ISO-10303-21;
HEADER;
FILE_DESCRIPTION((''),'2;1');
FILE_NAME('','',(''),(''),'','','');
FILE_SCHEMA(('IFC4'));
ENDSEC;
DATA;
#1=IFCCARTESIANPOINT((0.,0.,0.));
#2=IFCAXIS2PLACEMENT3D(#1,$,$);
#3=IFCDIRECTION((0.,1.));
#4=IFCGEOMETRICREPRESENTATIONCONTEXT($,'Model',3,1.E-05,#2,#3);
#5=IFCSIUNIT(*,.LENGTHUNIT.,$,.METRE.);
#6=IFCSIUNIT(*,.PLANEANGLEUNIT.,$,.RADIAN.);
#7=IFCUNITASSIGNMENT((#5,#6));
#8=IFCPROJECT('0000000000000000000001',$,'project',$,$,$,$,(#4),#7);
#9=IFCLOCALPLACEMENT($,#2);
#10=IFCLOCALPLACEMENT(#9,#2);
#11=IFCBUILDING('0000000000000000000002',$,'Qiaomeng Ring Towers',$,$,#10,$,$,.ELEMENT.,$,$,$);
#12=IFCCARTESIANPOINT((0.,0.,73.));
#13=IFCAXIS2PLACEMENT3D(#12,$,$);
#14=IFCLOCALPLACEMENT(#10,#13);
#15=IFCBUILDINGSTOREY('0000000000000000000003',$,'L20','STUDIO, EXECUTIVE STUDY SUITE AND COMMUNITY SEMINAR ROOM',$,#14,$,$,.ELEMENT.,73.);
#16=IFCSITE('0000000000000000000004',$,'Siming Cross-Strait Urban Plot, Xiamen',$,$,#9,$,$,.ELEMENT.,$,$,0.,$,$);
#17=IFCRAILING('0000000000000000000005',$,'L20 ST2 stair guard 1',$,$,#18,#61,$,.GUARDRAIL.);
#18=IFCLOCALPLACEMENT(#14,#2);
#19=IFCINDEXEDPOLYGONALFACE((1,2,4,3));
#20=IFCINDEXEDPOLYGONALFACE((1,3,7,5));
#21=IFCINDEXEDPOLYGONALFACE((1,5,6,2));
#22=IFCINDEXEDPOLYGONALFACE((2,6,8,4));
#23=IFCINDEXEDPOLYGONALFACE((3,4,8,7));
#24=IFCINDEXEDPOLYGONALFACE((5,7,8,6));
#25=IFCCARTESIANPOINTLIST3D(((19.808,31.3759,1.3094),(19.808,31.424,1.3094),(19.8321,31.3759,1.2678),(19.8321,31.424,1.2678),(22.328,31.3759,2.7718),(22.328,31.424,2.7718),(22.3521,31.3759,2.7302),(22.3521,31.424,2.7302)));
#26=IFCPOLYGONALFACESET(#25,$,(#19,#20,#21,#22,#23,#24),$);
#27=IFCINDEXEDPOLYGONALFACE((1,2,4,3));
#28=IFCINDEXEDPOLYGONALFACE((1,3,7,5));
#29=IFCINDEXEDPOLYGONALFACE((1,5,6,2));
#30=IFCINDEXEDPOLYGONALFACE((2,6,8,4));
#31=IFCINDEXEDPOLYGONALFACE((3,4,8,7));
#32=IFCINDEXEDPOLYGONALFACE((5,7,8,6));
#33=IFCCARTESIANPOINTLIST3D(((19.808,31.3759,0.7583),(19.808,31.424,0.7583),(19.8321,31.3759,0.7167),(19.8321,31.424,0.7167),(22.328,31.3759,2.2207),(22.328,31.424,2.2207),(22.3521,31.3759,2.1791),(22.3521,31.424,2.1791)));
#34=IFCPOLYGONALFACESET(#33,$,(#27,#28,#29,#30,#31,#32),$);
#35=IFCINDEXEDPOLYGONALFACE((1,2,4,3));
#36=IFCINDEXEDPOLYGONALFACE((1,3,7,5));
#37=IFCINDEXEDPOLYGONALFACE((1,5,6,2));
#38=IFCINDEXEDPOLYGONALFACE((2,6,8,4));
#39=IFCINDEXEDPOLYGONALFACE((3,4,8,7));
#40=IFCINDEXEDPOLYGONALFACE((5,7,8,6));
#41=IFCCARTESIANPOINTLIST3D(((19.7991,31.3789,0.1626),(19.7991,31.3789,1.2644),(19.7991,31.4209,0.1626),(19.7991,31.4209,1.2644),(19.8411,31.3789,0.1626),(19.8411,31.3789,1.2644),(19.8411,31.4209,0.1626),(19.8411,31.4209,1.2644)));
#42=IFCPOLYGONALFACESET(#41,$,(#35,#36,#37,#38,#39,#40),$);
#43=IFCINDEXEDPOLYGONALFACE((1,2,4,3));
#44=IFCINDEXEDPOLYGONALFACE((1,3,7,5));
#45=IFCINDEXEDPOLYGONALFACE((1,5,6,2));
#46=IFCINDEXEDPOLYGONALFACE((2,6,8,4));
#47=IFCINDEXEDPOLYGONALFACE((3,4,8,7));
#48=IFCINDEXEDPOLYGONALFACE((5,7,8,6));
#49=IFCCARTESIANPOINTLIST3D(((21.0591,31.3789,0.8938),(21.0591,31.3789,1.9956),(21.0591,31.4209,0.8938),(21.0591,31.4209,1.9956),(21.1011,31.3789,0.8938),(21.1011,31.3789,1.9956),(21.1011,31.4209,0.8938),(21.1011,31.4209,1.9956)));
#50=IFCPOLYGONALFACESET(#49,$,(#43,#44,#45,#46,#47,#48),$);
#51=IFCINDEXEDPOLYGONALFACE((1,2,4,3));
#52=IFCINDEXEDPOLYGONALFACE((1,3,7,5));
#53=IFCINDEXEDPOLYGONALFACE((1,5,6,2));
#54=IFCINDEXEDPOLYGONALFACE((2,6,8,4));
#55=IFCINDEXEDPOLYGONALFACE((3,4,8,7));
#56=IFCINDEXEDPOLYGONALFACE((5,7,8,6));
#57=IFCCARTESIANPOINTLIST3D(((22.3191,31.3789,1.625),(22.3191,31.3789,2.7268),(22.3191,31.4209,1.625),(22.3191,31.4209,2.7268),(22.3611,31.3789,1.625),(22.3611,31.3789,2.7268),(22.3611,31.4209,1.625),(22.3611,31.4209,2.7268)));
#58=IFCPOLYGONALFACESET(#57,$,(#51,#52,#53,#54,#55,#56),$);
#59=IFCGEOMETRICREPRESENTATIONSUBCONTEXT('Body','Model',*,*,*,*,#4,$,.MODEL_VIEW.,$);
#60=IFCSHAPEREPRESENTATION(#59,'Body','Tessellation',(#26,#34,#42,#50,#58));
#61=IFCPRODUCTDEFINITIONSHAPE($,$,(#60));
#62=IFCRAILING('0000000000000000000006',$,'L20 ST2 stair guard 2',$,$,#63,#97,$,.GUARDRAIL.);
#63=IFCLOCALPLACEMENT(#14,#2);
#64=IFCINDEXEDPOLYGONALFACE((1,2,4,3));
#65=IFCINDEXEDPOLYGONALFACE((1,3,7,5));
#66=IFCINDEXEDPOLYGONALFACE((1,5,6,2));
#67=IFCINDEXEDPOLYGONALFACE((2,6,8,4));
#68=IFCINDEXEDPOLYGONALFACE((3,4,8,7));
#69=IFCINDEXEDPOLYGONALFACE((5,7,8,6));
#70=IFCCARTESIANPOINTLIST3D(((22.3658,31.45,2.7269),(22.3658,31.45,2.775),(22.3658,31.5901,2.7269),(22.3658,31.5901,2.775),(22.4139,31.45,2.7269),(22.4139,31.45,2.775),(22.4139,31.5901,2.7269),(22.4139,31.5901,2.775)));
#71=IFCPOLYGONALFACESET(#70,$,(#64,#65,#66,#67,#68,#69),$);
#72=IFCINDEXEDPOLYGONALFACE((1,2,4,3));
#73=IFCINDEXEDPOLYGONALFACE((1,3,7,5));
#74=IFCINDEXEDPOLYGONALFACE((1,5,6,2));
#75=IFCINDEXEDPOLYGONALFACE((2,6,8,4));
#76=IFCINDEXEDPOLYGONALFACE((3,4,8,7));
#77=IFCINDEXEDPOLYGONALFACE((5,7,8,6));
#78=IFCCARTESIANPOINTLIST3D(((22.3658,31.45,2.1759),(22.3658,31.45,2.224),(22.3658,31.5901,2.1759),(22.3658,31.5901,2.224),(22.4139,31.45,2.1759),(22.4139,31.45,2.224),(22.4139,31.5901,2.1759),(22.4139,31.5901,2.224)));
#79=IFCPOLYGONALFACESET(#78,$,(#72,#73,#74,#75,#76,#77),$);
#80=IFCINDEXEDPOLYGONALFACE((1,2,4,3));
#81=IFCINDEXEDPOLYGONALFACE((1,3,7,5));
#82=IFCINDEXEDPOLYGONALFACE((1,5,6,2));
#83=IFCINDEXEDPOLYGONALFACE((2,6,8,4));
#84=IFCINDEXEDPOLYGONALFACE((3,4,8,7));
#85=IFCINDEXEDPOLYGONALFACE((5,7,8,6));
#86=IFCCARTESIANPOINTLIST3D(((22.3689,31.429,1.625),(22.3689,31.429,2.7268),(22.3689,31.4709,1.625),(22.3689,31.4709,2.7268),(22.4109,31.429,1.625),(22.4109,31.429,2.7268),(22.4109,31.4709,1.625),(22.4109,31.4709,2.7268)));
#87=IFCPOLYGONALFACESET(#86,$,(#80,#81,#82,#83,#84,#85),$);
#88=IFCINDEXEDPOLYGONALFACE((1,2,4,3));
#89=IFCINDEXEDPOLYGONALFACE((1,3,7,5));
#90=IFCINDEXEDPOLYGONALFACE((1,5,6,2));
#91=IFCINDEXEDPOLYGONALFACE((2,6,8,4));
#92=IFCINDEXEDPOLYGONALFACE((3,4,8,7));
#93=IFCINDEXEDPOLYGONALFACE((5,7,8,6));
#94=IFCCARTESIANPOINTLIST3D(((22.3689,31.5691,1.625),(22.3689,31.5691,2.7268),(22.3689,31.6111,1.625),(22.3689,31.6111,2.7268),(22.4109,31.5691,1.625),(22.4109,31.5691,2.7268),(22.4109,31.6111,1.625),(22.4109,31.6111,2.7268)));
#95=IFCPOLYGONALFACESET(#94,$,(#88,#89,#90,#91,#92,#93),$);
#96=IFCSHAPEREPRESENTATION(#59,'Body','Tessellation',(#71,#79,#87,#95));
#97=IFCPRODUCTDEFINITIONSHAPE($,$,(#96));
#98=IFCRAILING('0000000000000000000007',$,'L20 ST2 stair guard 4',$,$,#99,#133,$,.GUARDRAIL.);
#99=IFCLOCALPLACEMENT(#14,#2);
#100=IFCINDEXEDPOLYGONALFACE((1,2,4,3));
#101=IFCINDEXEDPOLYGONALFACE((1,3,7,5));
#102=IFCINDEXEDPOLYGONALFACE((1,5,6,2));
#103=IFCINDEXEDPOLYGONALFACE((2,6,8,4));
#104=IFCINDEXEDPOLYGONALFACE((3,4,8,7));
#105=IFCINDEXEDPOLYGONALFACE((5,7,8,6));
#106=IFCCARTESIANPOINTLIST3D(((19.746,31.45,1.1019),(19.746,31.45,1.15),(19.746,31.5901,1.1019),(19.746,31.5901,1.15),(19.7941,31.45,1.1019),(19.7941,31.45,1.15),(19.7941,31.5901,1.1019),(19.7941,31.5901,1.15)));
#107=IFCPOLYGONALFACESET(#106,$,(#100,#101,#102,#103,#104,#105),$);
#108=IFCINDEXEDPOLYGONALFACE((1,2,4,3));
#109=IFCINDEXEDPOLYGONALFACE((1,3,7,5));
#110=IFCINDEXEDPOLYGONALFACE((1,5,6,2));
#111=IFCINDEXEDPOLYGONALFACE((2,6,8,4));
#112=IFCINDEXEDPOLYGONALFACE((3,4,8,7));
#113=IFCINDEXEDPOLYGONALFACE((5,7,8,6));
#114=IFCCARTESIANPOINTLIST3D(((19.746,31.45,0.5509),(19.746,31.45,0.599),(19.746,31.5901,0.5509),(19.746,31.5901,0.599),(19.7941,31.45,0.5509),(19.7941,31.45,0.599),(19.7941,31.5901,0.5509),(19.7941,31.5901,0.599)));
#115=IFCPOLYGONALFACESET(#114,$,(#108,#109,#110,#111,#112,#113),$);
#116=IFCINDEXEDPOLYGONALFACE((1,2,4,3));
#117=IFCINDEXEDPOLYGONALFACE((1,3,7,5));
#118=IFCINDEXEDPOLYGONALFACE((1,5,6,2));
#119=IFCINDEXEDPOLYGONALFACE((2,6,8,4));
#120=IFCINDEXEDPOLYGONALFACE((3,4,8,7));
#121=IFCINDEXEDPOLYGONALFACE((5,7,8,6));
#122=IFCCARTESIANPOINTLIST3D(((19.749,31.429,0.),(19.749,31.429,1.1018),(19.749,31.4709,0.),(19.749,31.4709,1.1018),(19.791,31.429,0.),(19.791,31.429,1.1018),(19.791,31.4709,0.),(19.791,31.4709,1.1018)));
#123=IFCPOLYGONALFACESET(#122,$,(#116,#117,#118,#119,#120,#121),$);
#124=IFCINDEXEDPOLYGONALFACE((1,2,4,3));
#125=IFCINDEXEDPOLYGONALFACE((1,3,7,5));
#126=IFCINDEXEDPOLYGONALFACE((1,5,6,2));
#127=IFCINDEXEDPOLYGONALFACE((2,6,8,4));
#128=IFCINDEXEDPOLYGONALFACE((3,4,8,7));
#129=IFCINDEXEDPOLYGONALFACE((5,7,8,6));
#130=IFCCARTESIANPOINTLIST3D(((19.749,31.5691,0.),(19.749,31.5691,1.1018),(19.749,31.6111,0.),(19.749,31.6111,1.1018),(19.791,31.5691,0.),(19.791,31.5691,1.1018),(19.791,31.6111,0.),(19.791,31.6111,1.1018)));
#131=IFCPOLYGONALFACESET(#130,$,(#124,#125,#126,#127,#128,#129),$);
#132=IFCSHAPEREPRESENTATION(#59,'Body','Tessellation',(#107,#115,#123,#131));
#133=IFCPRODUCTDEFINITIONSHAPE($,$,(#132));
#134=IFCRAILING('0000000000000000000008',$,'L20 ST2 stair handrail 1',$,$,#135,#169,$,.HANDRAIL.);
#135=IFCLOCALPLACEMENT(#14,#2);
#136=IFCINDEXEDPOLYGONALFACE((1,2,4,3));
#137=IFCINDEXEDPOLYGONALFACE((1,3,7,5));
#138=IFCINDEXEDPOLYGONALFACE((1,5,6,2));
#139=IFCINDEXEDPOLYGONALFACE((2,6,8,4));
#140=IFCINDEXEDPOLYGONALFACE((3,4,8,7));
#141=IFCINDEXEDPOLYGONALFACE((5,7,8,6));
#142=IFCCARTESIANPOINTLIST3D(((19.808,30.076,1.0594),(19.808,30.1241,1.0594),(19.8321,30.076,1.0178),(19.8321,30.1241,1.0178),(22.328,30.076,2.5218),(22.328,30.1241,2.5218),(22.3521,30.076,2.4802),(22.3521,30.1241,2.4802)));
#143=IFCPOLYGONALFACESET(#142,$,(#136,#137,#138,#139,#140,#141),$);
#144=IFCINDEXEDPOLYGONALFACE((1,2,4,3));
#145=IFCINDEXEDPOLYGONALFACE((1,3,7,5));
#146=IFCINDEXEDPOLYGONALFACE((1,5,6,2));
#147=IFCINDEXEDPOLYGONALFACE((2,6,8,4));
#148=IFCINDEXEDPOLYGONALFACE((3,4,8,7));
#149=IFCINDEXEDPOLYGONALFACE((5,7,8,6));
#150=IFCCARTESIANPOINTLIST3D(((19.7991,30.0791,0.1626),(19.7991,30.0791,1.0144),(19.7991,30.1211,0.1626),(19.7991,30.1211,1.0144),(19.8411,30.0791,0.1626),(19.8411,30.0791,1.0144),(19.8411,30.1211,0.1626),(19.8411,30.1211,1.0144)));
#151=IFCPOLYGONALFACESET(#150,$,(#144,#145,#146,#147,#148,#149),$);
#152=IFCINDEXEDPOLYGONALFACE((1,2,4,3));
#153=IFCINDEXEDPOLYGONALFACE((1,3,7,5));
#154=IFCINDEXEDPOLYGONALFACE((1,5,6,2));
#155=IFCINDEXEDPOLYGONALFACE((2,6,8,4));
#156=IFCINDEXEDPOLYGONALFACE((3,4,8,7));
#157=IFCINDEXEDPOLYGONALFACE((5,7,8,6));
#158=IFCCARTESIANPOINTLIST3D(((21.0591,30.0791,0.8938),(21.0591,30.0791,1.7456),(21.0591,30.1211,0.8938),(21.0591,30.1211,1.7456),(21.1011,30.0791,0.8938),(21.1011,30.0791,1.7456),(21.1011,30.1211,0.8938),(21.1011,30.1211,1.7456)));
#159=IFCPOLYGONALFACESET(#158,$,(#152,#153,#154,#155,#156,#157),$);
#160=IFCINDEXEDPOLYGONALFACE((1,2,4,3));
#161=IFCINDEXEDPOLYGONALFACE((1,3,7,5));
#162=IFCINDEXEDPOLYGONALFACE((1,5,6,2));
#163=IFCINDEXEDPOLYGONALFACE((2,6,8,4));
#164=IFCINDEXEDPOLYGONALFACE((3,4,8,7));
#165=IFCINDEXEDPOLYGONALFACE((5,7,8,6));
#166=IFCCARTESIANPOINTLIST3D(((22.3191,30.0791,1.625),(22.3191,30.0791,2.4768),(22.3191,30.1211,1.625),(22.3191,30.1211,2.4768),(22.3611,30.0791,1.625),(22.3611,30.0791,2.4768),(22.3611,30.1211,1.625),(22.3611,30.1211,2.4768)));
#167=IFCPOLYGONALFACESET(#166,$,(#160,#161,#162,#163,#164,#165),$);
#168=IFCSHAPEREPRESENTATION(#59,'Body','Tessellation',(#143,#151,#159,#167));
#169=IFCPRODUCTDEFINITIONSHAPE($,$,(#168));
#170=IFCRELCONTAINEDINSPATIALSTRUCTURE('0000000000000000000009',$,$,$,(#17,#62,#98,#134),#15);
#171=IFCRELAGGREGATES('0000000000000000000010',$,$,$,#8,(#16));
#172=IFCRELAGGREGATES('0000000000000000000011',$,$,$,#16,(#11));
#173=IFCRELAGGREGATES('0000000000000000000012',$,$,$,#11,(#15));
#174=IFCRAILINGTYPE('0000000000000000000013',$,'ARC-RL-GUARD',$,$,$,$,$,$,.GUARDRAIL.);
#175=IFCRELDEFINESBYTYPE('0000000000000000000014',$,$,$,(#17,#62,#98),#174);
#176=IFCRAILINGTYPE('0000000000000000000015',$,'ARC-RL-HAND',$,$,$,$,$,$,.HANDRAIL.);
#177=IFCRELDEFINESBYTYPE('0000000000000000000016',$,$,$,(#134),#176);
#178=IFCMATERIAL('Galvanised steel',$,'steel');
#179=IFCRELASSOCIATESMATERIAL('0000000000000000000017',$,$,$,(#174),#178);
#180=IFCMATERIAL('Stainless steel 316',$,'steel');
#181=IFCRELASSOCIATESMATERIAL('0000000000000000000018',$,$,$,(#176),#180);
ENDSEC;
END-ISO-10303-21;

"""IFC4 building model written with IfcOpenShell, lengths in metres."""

from ifc_helpers import new_model, si_unit, direction, frame, origin, origin_2d, place, context, subcontext, project, spatial, rectangle, extrude, material, type_object, element, save


model = new_model("IFC4")

# Units and contexts
model_context = context("Model", 3, precision=1e-05, world=origin(), true_north=direction((0.0, 1.0)))
body_context = subcontext(model_context, "Body", "Model", "MODEL_VIEW")
ifc_project = project(units=[si_unit("LENGTHUNIT", "METRE"), si_unit("PLANEANGLEUNIT", "RADIAN")], contexts=[model_context])

# Site, building, storey
site_placement = place(None, origin())
site = spatial("IfcSite", under=ifc_project, at=site_placement, Name="Siming Cross-Strait Urban Plot, Xiamen", CompositionType="ELEMENT", RefElevation=0.0)
building_placement = place(site_placement, origin())
building = spatial("IfcBuilding", under=site, at=building_placement, Name="Qiaomeng Ring Towers", CompositionType="ELEMENT")
storey_placement = place(building_placement, frame((0.0, 0.0, 73.0)))
storey = spatial("IfcBuildingStorey", under=building, at=storey_placement, Name="L20", Description="STUDIO, EXECUTIVE STUDY SUITE AND COMMUNITY SEMINAR ROOM", CompositionType="ELEMENT", Elevation=73.0)

# Shared definitions
ifc_material_1 = material(Name="Stainless steel 316", Category="steel")

# Railings
ifc_material_2 = material(Name="Galvanised steel", Category="steel")
railing_type_1 = type_object("IfcRailingType", Name="ARC-RL-GUARD", PredefinedType="GUARDRAIL", material=ifc_material_2)
railing_1_placement = place(storey_placement, frame((19.8201, 31.3999, 0.1626)))
element("IfcRailing", 1, at=railing_1_placement, inside=storey, type_object=railing_type_1, Name="L20 ST2 stair guard 1", PredefinedType="GUARDRAIL", context=body_context, shape_type="SweptSolid", body=[
    extrude(rectangle(XDim=0.0481, YDim=0.0481, at=origin_2d()), frame((0.0, 0.0, 1.126), z_axis=(0.864913, 0.0, 0.501921), x_axis=(0.0, 1.0, 0.0)), (0.0, 0.0, 1.0), 2.9136),
    extrude(rectangle(XDim=0.0481, YDim=0.0481, at=origin_2d()), frame((0.0, 0.0, 0.575), z_axis=(0.864913, 0.0, 0.501921), x_axis=(0.0, 1.0, 0.0)), (0.0, 0.0, 1.0), 2.9136),
    extrude(rectangle(XDim=0.042, YDim=0.042, at=origin_2d()), origin(), (0.0, 0.0, 1.0), 1.1018),
    extrude(rectangle(XDim=0.042, YDim=0.042, at=origin_2d()), frame((1.26, 0.0, 0.7312)), (0.0, 0.0, 1.0), 1.1018),
    extrude(rectangle(XDim=0.042, YDim=0.042, at=origin_2d()), frame((2.52, 0.0, 1.4624)), (0.0, 0.0, 1.0), 1.1018),
])
for number, where, name in (
    (2, (22.3899, 31.45, 1.625), "L20 ST2 stair guard 2"),
    (3, (19.77, 31.45, 0.0), "L20 ST2 stair guard 4"),
):
    element("IfcRailing", number, at=place(storey_placement, frame(where)), inside=storey, type_object=railing_type_1, Name=name, PredefinedType="GUARDRAIL", context=body_context, shape_type="SweptSolid", body=[
        extrude(rectangle(XDim=0.0481, YDim=0.0481, at=origin_2d()), frame((0.0, 0.0, 1.126), z_axis=(0.0, 1.0, 0.0), x_axis=(-1.0, 0.0, 0.0)), (0.0, 0.0, 1.0), 0.1401),
        extrude(rectangle(XDim=0.0481, YDim=0.0481, at=origin_2d()), frame((0.0, 0.0, 0.575), z_axis=(0.0, 1.0, 0.0), x_axis=(-1.0, 0.0, 0.0)), (0.0, 0.0, 1.0), 0.1401),
        extrude(rectangle(XDim=0.042, YDim=0.042, at=origin_2d()), origin(), (0.0, 0.0, 1.0), 1.1018),
        extrude(rectangle(XDim=0.042, YDim=0.042, at=origin_2d()), frame((0.0, 0.1401, 0.0)), (0.0, 0.0, 1.0), 1.1018),
    ])
railing_type_2 = type_object("IfcRailingType", Name="ARC-RL-HAND", PredefinedType="HANDRAIL", material=ifc_material_1)
railing_2_placement = place(storey_placement, frame((19.8201, 30.1001, 0.1626)))
element("IfcRailing", 4, at=railing_2_placement, inside=storey, type_object=railing_type_2, Name="L20 ST2 stair handrail 1", PredefinedType="HANDRAIL", context=body_context, shape_type="SweptSolid", body=[
    extrude(rectangle(XDim=0.0481, YDim=0.0481, at=origin_2d()), frame((0.0, 0.0, 0.876), z_axis=(0.864913, 0.0, 0.501921), x_axis=(0.0, 1.0, 0.0)), (0.0, 0.0, 1.0), 2.9136),
    extrude(rectangle(XDim=0.042, YDim=0.042, at=origin_2d()), origin(), (0.0, 0.0, 1.0), 0.8518),
    extrude(rectangle(XDim=0.042, YDim=0.042, at=origin_2d()), frame((1.26, 0.0, 0.7312)), (0.0, 0.0, 1.0), 0.8518),
    extrude(rectangle(XDim=0.042, YDim=0.042, at=origin_2d()), frame((2.52, 0.0, 1.4624)), (0.0, 0.0, 1.0), 0.8518),
])

save(model, "model.ifc")
